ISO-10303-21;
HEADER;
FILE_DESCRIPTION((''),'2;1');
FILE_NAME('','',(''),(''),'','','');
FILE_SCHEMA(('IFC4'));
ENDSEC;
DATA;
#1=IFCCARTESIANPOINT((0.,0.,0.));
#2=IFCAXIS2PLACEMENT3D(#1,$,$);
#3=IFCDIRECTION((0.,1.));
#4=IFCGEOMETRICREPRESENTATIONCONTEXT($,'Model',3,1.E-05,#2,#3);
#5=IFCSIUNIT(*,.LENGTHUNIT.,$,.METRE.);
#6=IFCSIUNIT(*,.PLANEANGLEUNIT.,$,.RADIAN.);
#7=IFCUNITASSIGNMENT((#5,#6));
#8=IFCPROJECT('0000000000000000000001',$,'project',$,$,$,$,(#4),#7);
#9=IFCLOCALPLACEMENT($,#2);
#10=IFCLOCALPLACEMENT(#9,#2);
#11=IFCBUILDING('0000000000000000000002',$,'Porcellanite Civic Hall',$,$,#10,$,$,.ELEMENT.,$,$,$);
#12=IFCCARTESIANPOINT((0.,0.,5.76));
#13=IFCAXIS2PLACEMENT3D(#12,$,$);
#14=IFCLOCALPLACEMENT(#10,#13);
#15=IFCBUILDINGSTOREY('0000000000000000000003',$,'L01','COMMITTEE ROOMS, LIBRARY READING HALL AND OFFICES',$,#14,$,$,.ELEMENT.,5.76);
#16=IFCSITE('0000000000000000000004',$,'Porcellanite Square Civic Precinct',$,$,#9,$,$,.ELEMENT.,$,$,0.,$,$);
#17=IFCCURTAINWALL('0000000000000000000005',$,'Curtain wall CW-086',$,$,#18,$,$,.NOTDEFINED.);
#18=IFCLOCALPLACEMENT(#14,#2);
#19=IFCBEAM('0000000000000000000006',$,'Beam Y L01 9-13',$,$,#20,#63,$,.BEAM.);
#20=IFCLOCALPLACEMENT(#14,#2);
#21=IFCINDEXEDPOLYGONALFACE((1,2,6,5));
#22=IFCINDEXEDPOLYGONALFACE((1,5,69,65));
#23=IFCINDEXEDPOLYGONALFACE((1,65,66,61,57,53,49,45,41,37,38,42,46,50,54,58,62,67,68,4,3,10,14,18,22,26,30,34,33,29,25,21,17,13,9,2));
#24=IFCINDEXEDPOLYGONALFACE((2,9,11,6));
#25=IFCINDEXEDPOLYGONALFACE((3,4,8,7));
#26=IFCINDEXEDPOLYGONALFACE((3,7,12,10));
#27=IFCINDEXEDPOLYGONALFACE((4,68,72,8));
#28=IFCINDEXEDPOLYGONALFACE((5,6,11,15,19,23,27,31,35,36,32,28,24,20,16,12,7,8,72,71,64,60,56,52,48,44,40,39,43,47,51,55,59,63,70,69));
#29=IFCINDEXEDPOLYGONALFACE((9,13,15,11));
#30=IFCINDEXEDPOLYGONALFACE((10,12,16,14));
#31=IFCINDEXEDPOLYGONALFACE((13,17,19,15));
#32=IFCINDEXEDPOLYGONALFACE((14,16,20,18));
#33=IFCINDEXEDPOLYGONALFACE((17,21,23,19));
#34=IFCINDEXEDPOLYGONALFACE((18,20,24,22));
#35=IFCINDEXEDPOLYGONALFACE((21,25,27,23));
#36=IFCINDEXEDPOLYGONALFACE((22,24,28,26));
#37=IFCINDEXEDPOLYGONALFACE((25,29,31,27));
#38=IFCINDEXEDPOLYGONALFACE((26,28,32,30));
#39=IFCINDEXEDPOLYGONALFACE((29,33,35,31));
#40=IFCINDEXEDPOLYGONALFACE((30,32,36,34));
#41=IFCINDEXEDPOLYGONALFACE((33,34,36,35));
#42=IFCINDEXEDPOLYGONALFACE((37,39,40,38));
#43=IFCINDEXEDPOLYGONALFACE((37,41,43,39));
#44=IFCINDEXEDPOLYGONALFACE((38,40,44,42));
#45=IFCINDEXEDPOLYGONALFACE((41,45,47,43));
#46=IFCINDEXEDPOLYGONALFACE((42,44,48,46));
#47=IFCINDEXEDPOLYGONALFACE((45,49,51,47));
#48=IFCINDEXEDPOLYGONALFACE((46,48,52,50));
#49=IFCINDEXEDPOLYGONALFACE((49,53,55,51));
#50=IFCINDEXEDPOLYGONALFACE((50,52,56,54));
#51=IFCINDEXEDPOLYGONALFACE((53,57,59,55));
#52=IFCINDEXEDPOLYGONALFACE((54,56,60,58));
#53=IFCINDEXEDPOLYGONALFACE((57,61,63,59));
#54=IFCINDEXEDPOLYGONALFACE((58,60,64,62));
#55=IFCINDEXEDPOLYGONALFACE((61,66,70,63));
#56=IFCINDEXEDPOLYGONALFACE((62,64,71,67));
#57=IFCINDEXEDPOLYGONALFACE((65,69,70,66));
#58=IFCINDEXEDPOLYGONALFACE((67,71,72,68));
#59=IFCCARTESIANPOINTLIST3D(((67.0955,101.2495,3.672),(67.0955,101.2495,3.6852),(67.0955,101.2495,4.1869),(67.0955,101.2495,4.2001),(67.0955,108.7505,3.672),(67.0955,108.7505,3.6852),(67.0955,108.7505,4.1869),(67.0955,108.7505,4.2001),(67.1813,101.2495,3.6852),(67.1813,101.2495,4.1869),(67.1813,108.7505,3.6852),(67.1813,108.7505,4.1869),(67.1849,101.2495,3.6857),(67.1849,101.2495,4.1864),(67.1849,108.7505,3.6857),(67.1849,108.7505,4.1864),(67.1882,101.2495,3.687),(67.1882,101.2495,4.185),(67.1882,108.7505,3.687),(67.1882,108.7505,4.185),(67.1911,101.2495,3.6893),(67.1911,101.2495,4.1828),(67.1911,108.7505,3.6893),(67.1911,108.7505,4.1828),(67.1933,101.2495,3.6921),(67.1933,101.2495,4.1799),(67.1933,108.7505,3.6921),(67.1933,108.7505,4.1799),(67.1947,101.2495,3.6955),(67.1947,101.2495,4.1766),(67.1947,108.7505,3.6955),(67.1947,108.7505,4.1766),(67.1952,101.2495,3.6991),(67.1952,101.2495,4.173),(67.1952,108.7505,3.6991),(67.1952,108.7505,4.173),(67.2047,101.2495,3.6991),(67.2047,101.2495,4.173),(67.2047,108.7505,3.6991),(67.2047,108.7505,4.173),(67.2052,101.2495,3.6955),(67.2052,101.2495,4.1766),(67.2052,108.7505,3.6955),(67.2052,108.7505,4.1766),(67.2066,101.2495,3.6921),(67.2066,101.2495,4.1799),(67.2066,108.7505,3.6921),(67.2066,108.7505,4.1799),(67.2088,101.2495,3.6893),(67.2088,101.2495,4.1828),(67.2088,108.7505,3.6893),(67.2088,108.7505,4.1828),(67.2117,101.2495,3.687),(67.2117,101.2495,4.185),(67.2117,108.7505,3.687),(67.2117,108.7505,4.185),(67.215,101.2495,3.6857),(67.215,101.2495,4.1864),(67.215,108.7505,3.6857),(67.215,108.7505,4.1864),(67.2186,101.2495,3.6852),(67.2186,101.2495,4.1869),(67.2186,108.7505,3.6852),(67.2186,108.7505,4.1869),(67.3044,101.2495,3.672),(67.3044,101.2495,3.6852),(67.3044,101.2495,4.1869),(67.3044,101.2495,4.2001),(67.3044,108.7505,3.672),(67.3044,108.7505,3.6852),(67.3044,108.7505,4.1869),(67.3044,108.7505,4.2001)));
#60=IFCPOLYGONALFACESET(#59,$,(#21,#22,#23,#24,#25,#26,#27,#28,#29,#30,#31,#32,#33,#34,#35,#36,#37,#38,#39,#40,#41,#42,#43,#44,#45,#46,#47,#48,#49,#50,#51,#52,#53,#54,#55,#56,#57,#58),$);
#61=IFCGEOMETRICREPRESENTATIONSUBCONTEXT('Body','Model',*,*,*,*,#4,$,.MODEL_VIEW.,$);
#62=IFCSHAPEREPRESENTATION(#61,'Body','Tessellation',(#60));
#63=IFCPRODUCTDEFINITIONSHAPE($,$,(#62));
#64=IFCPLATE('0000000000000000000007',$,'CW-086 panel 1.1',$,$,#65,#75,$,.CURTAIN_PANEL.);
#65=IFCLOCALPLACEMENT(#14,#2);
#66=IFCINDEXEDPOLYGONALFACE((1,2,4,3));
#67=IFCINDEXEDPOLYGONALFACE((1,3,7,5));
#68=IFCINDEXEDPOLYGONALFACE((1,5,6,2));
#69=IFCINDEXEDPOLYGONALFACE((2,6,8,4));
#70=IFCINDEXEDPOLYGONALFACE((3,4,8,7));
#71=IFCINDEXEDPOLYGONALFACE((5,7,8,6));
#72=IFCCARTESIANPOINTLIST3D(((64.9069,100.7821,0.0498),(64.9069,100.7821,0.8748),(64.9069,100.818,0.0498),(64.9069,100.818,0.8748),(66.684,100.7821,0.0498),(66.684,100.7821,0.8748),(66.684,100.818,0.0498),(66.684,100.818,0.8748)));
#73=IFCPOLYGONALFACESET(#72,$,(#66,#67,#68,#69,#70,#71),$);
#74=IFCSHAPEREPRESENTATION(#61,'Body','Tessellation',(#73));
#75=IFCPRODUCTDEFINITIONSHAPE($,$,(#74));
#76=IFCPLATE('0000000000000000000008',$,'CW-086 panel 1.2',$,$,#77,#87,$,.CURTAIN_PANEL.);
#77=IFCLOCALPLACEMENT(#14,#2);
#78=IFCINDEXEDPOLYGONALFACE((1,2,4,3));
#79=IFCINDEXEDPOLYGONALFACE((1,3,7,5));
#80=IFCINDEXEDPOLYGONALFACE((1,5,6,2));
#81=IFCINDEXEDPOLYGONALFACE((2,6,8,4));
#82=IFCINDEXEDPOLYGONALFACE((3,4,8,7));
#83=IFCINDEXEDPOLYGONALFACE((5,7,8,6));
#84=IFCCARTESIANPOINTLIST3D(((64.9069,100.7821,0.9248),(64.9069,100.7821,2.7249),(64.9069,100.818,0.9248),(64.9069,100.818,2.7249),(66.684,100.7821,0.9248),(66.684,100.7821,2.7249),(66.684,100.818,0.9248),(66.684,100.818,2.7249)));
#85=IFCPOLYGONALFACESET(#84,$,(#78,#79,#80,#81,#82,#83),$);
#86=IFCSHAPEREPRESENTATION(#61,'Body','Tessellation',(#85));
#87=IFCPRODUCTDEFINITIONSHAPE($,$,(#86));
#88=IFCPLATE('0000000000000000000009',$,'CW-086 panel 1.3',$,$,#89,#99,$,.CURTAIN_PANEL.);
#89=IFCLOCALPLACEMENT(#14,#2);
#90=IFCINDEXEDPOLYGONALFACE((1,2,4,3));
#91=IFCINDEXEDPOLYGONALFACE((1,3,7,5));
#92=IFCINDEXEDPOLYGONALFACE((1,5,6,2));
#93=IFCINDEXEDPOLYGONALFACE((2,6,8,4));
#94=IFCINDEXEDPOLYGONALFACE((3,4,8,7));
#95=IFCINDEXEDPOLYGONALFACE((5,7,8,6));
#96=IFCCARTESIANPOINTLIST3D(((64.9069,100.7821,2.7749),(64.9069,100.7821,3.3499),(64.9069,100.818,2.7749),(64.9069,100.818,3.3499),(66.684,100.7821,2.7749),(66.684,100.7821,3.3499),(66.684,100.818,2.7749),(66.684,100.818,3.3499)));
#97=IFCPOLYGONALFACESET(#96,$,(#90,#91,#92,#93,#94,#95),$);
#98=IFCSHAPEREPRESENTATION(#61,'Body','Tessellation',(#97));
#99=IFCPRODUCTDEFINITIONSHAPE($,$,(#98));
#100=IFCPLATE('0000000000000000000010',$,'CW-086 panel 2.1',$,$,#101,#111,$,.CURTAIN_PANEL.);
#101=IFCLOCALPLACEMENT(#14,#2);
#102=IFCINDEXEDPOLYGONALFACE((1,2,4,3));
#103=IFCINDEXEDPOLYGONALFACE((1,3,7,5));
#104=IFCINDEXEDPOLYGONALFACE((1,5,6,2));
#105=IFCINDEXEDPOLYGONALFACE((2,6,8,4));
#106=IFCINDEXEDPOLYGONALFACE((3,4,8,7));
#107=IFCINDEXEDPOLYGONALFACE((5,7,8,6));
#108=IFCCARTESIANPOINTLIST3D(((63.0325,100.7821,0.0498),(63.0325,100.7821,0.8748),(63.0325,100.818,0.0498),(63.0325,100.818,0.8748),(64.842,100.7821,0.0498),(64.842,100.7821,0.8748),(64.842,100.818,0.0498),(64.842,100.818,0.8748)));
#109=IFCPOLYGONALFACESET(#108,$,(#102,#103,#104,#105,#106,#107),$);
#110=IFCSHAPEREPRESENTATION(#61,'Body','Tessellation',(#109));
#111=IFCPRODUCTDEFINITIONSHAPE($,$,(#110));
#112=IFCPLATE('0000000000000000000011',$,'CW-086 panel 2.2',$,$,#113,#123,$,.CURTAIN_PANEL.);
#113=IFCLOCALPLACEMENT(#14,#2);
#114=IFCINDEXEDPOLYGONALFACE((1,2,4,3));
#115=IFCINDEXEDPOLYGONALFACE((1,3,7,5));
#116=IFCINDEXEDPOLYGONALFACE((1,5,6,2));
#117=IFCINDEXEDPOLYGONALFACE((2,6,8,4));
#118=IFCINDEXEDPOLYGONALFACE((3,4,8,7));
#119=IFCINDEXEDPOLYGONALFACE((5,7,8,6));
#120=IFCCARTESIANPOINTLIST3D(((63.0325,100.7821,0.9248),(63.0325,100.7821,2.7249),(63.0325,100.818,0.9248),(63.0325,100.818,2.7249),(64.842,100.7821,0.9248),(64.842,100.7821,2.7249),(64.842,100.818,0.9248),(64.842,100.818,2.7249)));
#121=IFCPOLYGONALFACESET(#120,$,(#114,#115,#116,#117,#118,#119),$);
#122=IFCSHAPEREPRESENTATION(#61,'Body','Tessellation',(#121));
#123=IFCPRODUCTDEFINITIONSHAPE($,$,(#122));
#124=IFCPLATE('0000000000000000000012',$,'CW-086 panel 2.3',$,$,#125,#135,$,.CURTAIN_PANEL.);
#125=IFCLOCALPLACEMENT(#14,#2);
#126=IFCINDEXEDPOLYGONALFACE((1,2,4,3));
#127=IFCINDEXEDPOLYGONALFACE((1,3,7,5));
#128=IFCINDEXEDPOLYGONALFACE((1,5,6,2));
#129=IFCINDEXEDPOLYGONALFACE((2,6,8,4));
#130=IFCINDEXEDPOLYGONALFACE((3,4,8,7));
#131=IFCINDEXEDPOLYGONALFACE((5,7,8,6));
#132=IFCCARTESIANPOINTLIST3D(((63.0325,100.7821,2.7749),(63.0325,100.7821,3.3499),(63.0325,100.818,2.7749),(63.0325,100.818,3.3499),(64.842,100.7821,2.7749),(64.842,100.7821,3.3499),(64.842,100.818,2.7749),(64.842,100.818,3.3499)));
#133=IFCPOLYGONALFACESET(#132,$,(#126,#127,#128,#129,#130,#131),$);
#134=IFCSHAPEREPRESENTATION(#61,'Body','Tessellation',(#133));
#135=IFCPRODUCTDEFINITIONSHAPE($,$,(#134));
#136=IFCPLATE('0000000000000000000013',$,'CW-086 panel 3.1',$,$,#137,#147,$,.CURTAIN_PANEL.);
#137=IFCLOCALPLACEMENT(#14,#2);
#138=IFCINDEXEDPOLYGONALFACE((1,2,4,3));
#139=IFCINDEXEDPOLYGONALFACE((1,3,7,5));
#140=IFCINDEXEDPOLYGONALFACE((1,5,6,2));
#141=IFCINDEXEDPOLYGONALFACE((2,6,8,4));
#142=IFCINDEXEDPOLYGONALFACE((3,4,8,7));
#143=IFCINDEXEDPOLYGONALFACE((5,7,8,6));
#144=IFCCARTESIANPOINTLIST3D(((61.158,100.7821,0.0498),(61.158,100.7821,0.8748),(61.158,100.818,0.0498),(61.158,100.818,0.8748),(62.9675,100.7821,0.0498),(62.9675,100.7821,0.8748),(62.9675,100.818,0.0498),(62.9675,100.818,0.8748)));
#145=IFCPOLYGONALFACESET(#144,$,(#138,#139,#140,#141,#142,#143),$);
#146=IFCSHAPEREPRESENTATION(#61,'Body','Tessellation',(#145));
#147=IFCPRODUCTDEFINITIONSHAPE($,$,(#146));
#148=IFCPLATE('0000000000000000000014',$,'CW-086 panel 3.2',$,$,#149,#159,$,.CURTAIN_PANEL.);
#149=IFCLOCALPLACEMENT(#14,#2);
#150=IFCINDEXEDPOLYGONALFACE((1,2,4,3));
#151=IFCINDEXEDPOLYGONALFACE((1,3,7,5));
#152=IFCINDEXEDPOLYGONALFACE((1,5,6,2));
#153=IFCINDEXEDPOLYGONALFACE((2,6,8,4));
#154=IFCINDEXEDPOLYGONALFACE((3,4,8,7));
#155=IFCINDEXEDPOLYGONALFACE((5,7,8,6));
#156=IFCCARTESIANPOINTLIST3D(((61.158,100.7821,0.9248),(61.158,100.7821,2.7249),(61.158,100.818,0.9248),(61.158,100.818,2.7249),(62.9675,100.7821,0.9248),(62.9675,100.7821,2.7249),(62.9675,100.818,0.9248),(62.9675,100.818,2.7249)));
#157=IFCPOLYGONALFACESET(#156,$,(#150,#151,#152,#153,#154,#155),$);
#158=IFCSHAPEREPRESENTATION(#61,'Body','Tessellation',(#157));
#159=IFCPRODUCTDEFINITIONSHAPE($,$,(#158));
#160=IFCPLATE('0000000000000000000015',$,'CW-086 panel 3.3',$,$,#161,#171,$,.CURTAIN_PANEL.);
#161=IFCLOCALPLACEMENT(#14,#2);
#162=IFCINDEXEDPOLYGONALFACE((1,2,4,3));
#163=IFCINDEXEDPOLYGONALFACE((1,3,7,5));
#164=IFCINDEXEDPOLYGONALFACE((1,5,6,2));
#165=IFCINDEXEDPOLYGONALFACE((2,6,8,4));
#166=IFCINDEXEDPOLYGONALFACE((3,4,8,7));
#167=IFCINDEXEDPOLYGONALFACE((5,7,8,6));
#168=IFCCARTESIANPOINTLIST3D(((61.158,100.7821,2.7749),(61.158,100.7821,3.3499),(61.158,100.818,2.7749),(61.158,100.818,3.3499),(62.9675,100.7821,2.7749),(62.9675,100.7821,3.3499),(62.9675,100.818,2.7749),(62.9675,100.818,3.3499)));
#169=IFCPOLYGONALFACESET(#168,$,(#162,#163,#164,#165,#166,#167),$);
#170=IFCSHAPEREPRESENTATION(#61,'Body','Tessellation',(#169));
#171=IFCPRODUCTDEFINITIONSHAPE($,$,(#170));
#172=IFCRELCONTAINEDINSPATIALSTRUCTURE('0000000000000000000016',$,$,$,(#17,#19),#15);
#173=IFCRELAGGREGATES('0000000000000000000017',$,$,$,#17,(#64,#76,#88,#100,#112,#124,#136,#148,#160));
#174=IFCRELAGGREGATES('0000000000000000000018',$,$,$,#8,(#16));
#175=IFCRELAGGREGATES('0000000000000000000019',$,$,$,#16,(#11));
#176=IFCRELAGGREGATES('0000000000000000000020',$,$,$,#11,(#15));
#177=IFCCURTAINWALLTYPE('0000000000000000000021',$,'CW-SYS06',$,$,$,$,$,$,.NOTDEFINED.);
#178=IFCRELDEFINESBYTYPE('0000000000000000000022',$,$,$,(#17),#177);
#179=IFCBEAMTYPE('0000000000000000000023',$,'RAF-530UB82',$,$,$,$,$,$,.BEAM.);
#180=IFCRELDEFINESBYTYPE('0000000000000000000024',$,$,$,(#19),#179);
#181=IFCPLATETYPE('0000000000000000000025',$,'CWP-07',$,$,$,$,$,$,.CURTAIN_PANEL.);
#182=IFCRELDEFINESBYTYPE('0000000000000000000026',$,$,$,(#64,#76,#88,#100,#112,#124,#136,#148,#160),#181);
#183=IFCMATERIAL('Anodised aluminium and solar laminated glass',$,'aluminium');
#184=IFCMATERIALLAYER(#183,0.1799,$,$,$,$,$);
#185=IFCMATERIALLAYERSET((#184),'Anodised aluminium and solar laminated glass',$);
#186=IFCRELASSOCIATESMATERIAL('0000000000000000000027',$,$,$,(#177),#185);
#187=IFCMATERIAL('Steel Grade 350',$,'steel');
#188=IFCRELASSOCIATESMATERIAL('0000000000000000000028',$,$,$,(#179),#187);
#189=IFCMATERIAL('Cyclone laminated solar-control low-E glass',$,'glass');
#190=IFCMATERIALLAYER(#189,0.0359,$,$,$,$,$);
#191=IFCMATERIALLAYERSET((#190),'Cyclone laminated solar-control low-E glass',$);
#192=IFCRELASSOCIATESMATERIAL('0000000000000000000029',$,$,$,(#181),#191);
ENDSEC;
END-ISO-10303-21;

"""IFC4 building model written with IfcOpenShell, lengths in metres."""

from ifc_helpers import new_model, si_unit, direction, frame, origin, origin_2d, place, context, subcontext, project, spatial, rectangle, i_section, extrude, material, layer, layer_set, material_profile, profile_set, type_object, element, aggregate, save


model = new_model("IFC4")

# Units and contexts
model_context = context("Model", 3, precision=1e-05, world=origin(), true_north=direction((0.0, 1.0)))
body_context = subcontext(model_context, "Body", "Model", "MODEL_VIEW")
ifc_project = project(units=[si_unit("LENGTHUNIT", "METRE"), si_unit("PLANEANGLEUNIT", "RADIAN")], contexts=[model_context])

# Site, building, storey
site_placement = place(None, origin())
site = spatial("IfcSite", under=ifc_project, at=site_placement, Name="Porcellanite Square Civic Precinct", CompositionType="ELEMENT", RefElevation=0.0)
building_placement = place(site_placement, origin())
building = spatial("IfcBuilding", under=site, at=building_placement, Name="Porcellanite Civic Hall", CompositionType="ELEMENT")
storey_placement = place(building_placement, frame((0.0, 0.0, 5.76)))
storey = spatial("IfcBuildingStorey", under=building, at=storey_placement, Name="L01", Description="COMMITTEE ROOMS, LIBRARY READING HALL AND OFFICES", CompositionType="ELEMENT", Elevation=5.76)

# Curtain wall
ifc_material_1 = material(Name="Anodised aluminium and solar laminated glass", Category="aluminium")
ifc_layer_1 = layer(ifc_material_1, 0.1799)
ifc_layer_set_1 = layer_set([ifc_layer_1], Name="Anodised aluminium and solar laminated glass")
curtain_wall_type = type_object("IfcCurtainWallType", Name="CW-SYS06", PredefinedType="NOTDEFINED", material=ifc_layer_set_1)
curtain_wall_placement = place(storey_placement, origin())
curtain_wall = element("IfcCurtainWall", 1, at=curtain_wall_placement, inside=storey, type_object=curtain_wall_type, Name="Curtain wall CW-086", PredefinedType="NOTDEFINED")

# Beam
ifc_material_2 = material(Name="Steel Grade 350", Category="steel")
ifc_material_profile_1 = material_profile(ifc_material_2, i_section(OverallWidth=0.209, OverallDepth=0.5281, WebThickness=0.0095, FlangeThickness=0.0132, FilletRadius=0.0139, at=origin_2d()), Name="530UB82.0")
ifc_profile_set_1 = profile_set([ifc_material_profile_1], Name="Steel Grade 350")
beam_type_1 = type_object("IfcBeamType", Name="RAF-530UB82", PredefinedType="BEAM", material=ifc_profile_set_1)
beam_1_placement = place(storey_placement, frame((67.2, 101.2495, 3.936), z_axis=(0.0, 1.0, 0.0), x_axis=(-1.0, 0.0, 0.0)))
element("IfcBeam", 2, at=beam_1_placement, inside=storey, type_object=beam_type_1, Name="Beam Y L01 9-13", PredefinedType="BEAM", context=body_context, shape_type="SweptSolid", body=[
    extrude(i_section(OverallWidth=0.209, OverallDepth=0.5281, WebThickness=0.0095, FlangeThickness=0.0132, FilletRadius=0.0139, at=origin_2d()), origin(), (0.0, 0.0, 1.0), 7.501),
])

# Plates
ifc_material_3 = material(Name="Cyclone laminated solar-control low-E glass", Category="glass")
ifc_layer_2 = layer(ifc_material_3, 0.0359)
ifc_layer_set_2 = layer_set([ifc_layer_2], Name="Cyclone laminated solar-control low-E glass")
plate_type = type_object("IfcPlateType", Name="CWP-07", PredefinedType="CURTAIN_PANEL", material=ifc_layer_set_2)
plate_1_placement = place(storey_placement, frame((65.7954, 100.8, 0.0498), z_axis=(0.0, 0.0, 1.0), x_axis=(-1.0, 0.0, 0.0)))
plate_1 = element("IfcPlate", 3, at=plate_1_placement, type_object=plate_type, Name="CW-086 panel 1.1", PredefinedType="CURTAIN_PANEL", context=body_context, shape_type="SweptSolid", body=[
    extrude(rectangle(XDim=1.7771, YDim=0.0359, at=origin_2d()), origin(), (0.0, 0.0, 1.0), 0.825),
])
plate_2_placement = place(storey_placement, frame((65.7954, 100.8, 0.9248), z_axis=(0.0, 0.0, 1.0), x_axis=(-1.0, 0.0, 0.0)))
plate_2 = element("IfcPlate", 4, at=plate_2_placement, type_object=plate_type, Name="CW-086 panel 1.2", PredefinedType="CURTAIN_PANEL", context=body_context, shape_type="SweptSolid", body=[
    extrude(rectangle(XDim=1.7771, YDim=0.0359, at=origin_2d()), origin(), (0.0, 0.0, 1.0), 1.8),
])
plate_3_placement = place(storey_placement, frame((65.7954, 100.8, 2.7749), z_axis=(0.0, 0.0, 1.0), x_axis=(-1.0, 0.0, 0.0)))
plate_3 = element("IfcPlate", 5, at=plate_3_placement, type_object=plate_type, Name="CW-086 panel 1.3", PredefinedType="CURTAIN_PANEL", context=body_context, shape_type="SweptSolid", body=[
    extrude(rectangle(XDim=1.7771, YDim=0.0359, at=origin_2d()), origin(), (0.0, 0.0, 1.0), 0.575),
])
plate_4_placement = place(storey_placement, frame((63.9373, 100.8, 0.0498), z_axis=(0.0, 0.0, 1.0), x_axis=(-1.0, 0.0, 0.0)))
plate_4 = element("IfcPlate", 6, at=plate_4_placement, type_object=plate_type, Name="CW-086 panel 2.1", PredefinedType="CURTAIN_PANEL", context=body_context, shape_type="SweptSolid", body=[
    extrude(rectangle(XDim=1.8096, YDim=0.0359, at=origin_2d()), origin(), (0.0, 0.0, 1.0), 0.825),
])
plate_5_placement = place(storey_placement, frame((63.9373, 100.8, 0.9248), z_axis=(0.0, 0.0, 1.0), x_axis=(-1.0, 0.0, 0.0)))
plate_5 = element("IfcPlate", 7, at=plate_5_placement, type_object=plate_type, Name="CW-086 panel 2.2", PredefinedType="CURTAIN_PANEL", context=body_context, shape_type="SweptSolid", body=[
    extrude(rectangle(XDim=1.8096, YDim=0.0359, at=origin_2d()), origin(), (0.0, 0.0, 1.0), 1.8),
])
plate_6_placement = place(storey_placement, frame((63.9373, 100.8, 2.7749), z_axis=(0.0, 0.0, 1.0), x_axis=(-1.0, 0.0, 0.0)))
plate_6 = element("IfcPlate", 8, at=plate_6_placement, type_object=plate_type, Name="CW-086 panel 2.3", PredefinedType="CURTAIN_PANEL", context=body_context, shape_type="SweptSolid", body=[
    extrude(rectangle(XDim=1.8096, YDim=0.0359, at=origin_2d()), origin(), (0.0, 0.0, 1.0), 0.575),
])
plate_7_placement = place(storey_placement, frame((62.0627, 100.8, 0.0498), z_axis=(0.0, 0.0, 1.0), x_axis=(-1.0, 0.0, 0.0)))
plate_7 = element("IfcPlate", 9, at=plate_7_placement, type_object=plate_type, Name="CW-086 panel 3.1", PredefinedType="CURTAIN_PANEL", context=body_context, shape_type="SweptSolid", body=[
    extrude(rectangle(XDim=1.8096, YDim=0.0359, at=origin_2d()), origin(), (0.0, 0.0, 1.0), 0.825),
])
plate_8_placement = place(storey_placement, frame((62.0627, 100.8, 0.9248), z_axis=(0.0, 0.0, 1.0), x_axis=(-1.0, 0.0, 0.0)))
plate_8 = element("IfcPlate", 10, at=plate_8_placement, type_object=plate_type, Name="CW-086 panel 3.2", PredefinedType="CURTAIN_PANEL", context=body_context, shape_type="SweptSolid", body=[
    extrude(rectangle(XDim=1.8096, YDim=0.0359, at=origin_2d()), origin(), (0.0, 0.0, 1.0), 1.8),
])
plate_9_placement = place(storey_placement, frame((62.0627, 100.8, 2.7749), z_axis=(0.0, 0.0, 1.0), x_axis=(-1.0, 0.0, 0.0)))
plate_9 = element("IfcPlate", 11, at=plate_9_placement, type_object=plate_type, Name="CW-086 panel 3.3", PredefinedType="CURTAIN_PANEL", context=body_context, shape_type="SweptSolid", body=[
    extrude(rectangle(XDim=1.8096, YDim=0.0359, at=origin_2d()), origin(), (0.0, 0.0, 1.0), 0.575),
])
aggregate(curtain_wall, [plate_1, plate_2, plate_3, plate_4, plate_5, plate_6, plate_7, plate_8, plate_9])

save(model, "model.ifc")
